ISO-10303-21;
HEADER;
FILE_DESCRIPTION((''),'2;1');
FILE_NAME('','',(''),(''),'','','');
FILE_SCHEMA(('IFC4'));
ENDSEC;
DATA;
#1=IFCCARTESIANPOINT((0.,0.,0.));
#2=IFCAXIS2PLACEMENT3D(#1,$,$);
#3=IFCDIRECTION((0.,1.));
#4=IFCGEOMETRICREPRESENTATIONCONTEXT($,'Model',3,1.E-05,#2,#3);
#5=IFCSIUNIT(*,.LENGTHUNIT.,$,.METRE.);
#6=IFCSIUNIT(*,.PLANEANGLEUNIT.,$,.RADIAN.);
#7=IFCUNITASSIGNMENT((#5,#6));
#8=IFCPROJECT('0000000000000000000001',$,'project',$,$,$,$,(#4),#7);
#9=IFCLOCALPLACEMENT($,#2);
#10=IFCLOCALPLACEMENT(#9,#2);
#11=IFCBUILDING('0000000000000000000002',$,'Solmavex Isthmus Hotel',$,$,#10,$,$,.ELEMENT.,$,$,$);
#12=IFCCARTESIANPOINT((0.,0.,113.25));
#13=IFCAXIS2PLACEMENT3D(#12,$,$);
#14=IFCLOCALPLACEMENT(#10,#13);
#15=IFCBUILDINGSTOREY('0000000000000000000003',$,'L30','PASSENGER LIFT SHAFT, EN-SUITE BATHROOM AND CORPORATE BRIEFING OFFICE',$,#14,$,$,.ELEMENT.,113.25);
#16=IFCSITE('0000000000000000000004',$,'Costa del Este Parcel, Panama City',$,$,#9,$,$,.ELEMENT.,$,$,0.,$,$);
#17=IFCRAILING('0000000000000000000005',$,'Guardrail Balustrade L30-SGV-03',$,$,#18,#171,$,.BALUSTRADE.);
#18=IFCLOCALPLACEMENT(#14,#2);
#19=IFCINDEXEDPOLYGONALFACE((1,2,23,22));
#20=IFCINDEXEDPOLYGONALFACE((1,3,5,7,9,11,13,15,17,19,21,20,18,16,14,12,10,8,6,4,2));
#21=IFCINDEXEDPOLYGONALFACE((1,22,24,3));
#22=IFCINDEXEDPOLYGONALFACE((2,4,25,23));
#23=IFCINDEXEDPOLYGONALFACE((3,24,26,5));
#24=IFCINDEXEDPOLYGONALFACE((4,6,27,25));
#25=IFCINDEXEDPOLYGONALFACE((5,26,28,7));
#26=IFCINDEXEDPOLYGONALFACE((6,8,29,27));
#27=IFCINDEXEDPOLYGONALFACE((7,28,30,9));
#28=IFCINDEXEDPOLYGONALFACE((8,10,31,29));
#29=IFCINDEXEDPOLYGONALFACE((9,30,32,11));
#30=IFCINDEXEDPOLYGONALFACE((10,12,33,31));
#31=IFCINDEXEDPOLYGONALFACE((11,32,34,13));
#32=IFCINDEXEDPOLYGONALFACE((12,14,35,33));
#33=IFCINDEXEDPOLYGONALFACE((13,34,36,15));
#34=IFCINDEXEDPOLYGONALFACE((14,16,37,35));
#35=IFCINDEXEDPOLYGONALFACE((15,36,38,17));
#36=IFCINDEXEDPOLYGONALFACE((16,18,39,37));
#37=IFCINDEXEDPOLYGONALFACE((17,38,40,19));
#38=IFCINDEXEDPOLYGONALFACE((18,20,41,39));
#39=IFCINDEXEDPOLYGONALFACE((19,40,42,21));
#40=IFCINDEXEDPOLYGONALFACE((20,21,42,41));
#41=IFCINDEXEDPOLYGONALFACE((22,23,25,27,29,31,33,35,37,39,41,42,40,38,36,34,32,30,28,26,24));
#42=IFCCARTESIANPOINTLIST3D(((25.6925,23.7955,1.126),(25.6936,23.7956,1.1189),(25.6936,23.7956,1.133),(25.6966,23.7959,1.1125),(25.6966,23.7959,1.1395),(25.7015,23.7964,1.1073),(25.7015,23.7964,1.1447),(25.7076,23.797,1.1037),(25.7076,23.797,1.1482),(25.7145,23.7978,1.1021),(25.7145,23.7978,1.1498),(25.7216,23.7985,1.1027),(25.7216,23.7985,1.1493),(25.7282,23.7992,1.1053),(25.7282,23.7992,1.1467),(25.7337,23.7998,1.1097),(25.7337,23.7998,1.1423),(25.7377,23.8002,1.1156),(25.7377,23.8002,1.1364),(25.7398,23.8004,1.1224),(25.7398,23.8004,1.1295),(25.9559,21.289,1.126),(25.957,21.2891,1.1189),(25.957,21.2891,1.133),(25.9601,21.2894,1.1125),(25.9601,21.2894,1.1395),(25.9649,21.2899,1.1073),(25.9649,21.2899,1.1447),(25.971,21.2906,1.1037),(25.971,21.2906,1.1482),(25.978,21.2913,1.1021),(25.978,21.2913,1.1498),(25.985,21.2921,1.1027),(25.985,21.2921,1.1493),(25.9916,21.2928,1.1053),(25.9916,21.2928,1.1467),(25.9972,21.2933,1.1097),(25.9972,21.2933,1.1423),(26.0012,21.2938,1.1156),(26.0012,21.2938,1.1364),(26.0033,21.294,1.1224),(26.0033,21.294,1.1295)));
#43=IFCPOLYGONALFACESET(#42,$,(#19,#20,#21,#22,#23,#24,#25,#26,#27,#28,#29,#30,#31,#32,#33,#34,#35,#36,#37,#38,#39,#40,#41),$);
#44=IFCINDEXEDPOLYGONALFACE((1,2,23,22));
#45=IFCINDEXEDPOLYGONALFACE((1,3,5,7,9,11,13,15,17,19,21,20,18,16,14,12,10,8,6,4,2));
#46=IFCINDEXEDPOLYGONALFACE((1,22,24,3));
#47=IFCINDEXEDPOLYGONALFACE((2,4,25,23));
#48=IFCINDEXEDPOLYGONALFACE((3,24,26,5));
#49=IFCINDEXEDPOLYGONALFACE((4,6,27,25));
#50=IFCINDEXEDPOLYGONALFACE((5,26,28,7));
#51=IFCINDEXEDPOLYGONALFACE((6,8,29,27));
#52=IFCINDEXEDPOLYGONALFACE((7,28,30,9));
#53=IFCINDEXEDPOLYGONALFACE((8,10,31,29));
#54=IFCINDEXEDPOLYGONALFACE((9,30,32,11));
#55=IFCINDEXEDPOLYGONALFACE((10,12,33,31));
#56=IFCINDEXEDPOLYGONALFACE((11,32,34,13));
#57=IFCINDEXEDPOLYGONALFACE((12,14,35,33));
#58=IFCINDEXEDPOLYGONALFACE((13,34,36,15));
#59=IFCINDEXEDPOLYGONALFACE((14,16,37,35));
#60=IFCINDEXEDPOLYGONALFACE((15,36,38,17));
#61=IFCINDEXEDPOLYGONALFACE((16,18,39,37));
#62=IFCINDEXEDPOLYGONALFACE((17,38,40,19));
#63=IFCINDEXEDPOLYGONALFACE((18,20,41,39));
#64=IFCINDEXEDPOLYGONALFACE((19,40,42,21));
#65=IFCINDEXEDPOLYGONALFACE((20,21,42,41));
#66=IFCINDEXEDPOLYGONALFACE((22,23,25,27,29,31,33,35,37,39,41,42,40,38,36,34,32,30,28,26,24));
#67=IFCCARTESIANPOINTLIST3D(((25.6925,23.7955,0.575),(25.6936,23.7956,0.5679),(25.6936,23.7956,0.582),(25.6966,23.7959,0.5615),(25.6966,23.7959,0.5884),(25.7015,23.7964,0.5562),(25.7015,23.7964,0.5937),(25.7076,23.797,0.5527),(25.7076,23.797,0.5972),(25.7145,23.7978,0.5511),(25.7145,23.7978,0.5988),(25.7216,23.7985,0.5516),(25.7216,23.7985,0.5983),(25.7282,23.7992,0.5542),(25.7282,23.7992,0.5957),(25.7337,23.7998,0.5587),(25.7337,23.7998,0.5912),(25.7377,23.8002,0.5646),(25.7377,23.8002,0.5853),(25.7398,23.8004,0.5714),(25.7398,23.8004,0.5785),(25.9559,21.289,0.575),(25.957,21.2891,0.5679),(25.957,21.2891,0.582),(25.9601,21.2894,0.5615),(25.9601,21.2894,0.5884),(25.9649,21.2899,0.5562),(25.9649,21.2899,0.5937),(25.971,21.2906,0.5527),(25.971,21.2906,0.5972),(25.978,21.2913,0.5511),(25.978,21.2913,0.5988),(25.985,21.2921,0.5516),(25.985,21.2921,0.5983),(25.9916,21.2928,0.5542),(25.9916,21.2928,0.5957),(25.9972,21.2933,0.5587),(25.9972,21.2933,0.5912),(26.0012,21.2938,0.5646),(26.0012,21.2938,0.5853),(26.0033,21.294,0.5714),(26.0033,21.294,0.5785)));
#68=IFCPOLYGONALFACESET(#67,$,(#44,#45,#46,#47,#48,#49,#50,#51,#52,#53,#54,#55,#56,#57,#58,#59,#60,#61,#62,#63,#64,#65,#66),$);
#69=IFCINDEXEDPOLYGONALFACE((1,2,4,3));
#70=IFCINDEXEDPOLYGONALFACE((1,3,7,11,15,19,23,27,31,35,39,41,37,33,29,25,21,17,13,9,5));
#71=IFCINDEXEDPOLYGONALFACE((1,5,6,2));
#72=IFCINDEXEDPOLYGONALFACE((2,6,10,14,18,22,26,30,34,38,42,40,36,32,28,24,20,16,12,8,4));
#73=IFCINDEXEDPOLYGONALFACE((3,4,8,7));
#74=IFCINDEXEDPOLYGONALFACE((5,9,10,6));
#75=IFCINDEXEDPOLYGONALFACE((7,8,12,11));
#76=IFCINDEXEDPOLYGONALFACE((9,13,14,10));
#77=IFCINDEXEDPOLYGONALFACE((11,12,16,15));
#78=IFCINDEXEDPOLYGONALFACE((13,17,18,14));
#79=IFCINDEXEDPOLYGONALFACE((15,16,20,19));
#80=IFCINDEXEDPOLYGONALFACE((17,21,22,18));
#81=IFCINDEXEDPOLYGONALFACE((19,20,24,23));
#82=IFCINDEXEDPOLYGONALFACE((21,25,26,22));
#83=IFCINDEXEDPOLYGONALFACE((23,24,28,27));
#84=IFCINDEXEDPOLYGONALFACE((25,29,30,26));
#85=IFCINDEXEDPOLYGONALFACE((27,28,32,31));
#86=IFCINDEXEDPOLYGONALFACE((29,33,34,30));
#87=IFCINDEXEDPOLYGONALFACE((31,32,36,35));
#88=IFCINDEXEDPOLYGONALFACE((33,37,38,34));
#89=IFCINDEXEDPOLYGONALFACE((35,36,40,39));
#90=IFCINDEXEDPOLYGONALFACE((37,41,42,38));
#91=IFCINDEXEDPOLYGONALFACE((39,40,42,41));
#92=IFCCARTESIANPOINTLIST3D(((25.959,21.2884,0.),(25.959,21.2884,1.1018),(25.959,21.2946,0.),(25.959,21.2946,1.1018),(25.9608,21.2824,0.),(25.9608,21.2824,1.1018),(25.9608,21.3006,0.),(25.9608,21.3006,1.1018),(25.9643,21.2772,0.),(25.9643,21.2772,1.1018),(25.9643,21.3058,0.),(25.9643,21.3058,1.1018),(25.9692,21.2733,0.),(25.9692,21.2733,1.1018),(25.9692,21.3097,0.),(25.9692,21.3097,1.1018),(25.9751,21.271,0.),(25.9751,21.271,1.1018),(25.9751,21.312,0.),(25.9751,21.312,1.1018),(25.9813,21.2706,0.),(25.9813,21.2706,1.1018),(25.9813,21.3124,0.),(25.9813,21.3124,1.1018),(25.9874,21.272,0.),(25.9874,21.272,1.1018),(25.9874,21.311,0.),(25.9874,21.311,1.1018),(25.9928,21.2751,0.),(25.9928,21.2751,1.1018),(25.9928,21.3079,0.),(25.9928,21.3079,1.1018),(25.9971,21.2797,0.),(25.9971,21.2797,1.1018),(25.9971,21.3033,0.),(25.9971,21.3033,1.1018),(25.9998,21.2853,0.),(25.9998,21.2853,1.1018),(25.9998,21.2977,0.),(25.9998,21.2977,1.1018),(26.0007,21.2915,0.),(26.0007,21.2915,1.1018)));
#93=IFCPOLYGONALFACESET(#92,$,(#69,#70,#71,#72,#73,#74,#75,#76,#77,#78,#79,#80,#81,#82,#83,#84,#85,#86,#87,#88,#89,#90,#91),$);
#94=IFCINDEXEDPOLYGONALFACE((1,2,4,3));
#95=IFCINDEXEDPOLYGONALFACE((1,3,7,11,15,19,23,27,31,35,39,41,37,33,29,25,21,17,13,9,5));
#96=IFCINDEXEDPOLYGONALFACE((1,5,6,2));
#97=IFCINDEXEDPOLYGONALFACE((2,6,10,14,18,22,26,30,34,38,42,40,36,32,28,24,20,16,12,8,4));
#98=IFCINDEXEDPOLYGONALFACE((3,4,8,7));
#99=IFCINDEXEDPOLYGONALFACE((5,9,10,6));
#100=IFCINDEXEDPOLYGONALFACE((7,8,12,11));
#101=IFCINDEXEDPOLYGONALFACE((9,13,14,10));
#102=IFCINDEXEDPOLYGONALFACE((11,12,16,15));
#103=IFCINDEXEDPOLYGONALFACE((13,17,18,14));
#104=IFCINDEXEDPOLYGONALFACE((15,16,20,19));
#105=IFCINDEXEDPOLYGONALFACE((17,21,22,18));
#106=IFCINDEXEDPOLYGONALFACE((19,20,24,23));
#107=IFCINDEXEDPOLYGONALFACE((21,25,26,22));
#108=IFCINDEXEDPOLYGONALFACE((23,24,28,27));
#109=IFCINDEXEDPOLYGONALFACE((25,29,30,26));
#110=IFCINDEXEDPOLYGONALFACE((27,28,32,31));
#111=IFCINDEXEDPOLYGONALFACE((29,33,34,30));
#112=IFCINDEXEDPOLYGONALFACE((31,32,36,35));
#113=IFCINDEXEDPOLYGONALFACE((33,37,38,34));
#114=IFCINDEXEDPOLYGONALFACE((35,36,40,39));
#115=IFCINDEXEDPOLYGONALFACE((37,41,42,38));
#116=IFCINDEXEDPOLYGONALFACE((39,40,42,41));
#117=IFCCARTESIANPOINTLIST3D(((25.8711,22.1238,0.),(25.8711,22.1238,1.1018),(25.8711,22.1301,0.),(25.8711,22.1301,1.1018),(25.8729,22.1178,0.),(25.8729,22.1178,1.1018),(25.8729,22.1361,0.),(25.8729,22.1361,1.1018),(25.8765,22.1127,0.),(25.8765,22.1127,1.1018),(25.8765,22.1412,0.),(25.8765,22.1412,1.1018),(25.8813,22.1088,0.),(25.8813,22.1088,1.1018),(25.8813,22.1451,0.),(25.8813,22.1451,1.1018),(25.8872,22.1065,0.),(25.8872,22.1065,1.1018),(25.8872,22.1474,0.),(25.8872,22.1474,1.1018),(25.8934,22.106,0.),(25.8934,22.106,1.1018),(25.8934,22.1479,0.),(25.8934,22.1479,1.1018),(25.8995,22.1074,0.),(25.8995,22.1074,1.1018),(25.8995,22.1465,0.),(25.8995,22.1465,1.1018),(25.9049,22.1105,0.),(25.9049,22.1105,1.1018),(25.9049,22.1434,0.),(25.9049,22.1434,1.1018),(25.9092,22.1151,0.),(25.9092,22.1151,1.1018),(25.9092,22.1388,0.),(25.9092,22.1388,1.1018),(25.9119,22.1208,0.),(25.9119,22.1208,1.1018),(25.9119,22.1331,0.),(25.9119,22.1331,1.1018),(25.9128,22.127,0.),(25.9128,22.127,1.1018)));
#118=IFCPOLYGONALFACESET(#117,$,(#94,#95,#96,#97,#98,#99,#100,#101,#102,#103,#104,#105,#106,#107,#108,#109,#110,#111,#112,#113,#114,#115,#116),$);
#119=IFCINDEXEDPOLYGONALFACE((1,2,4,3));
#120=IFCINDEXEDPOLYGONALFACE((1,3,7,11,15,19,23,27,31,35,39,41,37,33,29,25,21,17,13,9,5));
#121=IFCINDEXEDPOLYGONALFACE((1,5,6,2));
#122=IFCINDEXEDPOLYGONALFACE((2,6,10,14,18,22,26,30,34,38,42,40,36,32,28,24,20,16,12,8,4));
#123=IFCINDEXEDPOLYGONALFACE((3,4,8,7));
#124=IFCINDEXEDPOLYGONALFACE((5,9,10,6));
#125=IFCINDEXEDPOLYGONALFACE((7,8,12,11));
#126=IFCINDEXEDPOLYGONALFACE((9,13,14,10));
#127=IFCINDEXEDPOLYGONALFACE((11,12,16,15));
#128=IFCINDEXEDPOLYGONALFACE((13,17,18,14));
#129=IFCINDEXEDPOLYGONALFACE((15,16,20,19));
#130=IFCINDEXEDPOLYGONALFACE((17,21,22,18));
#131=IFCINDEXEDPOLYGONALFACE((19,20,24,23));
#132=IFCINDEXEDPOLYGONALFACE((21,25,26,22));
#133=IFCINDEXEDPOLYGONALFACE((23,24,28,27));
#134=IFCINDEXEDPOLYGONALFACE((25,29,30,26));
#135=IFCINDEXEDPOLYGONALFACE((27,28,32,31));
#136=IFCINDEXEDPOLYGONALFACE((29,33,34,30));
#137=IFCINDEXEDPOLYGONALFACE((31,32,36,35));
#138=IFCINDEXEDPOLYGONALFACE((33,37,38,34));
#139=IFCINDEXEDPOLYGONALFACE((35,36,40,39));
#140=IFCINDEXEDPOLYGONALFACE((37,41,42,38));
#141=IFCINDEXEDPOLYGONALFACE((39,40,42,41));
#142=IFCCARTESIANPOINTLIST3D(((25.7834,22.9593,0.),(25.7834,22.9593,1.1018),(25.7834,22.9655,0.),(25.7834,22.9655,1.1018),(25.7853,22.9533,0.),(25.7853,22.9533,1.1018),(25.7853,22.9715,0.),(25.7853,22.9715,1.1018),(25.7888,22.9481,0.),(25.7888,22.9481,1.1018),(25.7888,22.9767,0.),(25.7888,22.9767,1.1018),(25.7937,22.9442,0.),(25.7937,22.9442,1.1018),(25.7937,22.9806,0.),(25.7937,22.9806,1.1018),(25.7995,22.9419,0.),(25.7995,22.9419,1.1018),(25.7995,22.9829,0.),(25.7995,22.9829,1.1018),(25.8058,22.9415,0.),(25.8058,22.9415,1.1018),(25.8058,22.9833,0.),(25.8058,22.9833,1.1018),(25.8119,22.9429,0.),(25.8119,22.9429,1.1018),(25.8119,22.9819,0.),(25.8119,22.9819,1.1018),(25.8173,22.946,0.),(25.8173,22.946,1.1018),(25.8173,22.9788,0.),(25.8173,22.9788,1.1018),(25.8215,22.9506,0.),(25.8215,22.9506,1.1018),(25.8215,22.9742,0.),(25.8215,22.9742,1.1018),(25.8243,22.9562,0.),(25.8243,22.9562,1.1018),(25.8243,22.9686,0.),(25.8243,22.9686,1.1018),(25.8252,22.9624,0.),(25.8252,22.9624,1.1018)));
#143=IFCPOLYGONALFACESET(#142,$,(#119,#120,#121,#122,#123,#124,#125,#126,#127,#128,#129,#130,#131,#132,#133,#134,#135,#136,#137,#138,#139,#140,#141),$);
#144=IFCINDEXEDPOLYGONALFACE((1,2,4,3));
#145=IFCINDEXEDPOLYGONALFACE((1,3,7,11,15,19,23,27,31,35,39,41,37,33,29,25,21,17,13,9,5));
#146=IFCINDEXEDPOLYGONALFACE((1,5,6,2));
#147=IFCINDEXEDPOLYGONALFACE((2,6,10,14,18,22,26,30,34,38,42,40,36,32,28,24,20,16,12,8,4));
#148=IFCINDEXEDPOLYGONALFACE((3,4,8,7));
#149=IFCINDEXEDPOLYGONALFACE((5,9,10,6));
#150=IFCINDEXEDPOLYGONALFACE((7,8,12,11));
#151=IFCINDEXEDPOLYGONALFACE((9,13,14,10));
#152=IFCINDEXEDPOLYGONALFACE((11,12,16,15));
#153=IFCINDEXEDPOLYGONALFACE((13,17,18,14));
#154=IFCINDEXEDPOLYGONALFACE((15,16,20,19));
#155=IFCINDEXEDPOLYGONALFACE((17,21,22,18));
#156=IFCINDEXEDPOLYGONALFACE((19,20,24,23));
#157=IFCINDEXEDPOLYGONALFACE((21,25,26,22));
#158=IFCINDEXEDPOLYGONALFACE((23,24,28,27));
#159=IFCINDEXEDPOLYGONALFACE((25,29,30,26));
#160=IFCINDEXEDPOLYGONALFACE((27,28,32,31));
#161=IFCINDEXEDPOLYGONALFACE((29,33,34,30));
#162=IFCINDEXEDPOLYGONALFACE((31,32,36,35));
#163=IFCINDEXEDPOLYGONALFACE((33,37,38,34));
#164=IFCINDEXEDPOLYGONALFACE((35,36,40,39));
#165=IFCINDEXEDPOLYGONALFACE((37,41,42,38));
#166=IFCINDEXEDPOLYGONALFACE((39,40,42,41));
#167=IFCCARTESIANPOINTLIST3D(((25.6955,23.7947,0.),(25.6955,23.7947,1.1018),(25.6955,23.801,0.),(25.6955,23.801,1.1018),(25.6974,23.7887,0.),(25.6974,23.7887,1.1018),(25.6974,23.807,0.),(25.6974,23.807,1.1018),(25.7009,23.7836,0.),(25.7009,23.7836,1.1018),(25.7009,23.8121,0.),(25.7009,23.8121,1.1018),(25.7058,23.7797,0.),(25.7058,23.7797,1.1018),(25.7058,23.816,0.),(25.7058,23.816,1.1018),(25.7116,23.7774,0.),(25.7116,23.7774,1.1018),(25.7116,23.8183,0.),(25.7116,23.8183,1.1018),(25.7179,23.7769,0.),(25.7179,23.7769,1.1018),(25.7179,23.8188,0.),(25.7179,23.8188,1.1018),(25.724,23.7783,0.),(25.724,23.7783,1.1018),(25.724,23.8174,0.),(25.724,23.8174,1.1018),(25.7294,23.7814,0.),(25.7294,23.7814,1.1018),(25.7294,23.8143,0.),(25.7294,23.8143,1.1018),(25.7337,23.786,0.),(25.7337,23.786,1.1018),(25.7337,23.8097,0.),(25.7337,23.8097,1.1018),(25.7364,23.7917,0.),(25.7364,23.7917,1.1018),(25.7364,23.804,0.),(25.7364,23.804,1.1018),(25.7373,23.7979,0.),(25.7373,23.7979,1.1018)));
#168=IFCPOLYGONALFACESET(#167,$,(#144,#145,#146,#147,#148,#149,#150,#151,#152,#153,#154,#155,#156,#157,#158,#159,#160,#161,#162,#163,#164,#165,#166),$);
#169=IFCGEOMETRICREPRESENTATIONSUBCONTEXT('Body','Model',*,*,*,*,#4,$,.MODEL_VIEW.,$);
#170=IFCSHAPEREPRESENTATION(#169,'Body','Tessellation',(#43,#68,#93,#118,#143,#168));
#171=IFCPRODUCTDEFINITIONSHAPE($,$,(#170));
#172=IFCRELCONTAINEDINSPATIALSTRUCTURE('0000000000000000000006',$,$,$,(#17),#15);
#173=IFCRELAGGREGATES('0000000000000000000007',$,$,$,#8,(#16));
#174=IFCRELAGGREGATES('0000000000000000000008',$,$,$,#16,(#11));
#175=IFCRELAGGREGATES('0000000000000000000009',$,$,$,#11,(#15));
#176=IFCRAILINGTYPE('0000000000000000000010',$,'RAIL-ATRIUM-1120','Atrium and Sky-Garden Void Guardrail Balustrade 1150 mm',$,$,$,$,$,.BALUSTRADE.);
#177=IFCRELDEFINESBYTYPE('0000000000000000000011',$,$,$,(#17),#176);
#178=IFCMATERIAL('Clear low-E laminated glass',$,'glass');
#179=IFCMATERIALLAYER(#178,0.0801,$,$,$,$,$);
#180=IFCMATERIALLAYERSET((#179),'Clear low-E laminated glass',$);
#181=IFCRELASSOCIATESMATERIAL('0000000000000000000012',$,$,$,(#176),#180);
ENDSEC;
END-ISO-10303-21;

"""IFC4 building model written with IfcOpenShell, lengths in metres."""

from ifc_helpers import new_model, si_unit, direction, frame, origin, origin_2d, place, context, subcontext, project, spatial, circle, extrude, material, layer, layer_set, type_object, element, save


model = new_model("IFC4")

# Units and contexts
model_context = context("Model", 3, precision=1e-05, world=origin(), true_north=direction((0.0, 1.0)))
body_context = subcontext(model_context, "Body", "Model", "MODEL_VIEW")
ifc_project = project(units=[si_unit("LENGTHUNIT", "METRE"), si_unit("PLANEANGLEUNIT", "RADIAN")], contexts=[model_context])

# Site, building, storey
site_placement = place(None, origin())
site = spatial("IfcSite", under=ifc_project, at=site_placement, Name="Costa del Este Parcel, Panama City", CompositionType="ELEMENT", RefElevation=0.0)
building_placement = place(site_placement, origin())
building = spatial("IfcBuilding", under=site, at=building_placement, Name="Solmavex Isthmus Hotel", CompositionType="ELEMENT")
storey_placement = place(building_placement, frame((0.0, 0.0, 113.25)))
storey = spatial("IfcBuildingStorey", under=building, at=storey_placement, Name="L30", Description="PASSENGER LIFT SHAFT, EN-SUITE BATHROOM AND CORPORATE BRIEFING OFFICE", CompositionType="ELEMENT", Elevation=113.25)

# Shared definitions
ifc_material_1 = material(Name="Clear low-E laminated glass", Category="glass")

# Railing
ifc_layer_1 = layer(ifc_material_1, 0.0801)
ifc_layer_set_1 = layer_set([ifc_layer_1], Name="Clear low-E laminated glass")
railing_type = type_object("IfcRailingType", Name="RAIL-ATRIUM-1120", Description="Atrium and Sky-Garden Void Guardrail Balustrade 1150 mm", PredefinedType="BALUSTRADE", material=ifc_layer_set_1)
railing_placement = place(storey_placement, frame((25.9797, 21.2915, 0.0)))
element("IfcRailing", 1, at=railing_placement, inside=storey, type_object=railing_type, Name="Guardrail Balustrade L30-SGV-03", PredefinedType="BALUSTRADE", context=body_context, shape_type="SweptSolid", body=[
    extrude(circle(Radius=0.0239, at=origin_2d()), frame((0.0, 0.0, 1.126), z_axis=(-0.104528, 0.994522, 0.0), x_axis=(-0.994522, -0.104528, 0.0)), (0.0, 0.0, 1.0), 2.5203),
    extrude(circle(Radius=0.0239, at=origin_2d()), frame((0.0, 0.0, 0.575), z_axis=(-0.104528, 0.994522, 0.0), x_axis=(-0.994522, -0.104528, 0.0)), (0.0, 0.0, 1.0), 2.5203),
    extrude(circle(Radius=0.021, at=origin_2d()), origin(), (0.0, 0.0, 1.0), 1.1018),
    extrude(circle(Radius=0.021, at=origin_2d()), frame((-0.0879, 0.8354, 0.0)), (0.0, 0.0, 1.0), 1.1018),
    extrude(circle(Radius=0.021, at=origin_2d()), frame((-0.1755, 1.6709, 0.0)), (0.0, 0.0, 1.0), 1.1018),
    extrude(circle(Radius=0.021, at=origin_2d()), frame((-0.2634, 2.5063, 0.0)), (0.0, 0.0, 1.0), 1.1018),
])

save(model, "model.ifc")
